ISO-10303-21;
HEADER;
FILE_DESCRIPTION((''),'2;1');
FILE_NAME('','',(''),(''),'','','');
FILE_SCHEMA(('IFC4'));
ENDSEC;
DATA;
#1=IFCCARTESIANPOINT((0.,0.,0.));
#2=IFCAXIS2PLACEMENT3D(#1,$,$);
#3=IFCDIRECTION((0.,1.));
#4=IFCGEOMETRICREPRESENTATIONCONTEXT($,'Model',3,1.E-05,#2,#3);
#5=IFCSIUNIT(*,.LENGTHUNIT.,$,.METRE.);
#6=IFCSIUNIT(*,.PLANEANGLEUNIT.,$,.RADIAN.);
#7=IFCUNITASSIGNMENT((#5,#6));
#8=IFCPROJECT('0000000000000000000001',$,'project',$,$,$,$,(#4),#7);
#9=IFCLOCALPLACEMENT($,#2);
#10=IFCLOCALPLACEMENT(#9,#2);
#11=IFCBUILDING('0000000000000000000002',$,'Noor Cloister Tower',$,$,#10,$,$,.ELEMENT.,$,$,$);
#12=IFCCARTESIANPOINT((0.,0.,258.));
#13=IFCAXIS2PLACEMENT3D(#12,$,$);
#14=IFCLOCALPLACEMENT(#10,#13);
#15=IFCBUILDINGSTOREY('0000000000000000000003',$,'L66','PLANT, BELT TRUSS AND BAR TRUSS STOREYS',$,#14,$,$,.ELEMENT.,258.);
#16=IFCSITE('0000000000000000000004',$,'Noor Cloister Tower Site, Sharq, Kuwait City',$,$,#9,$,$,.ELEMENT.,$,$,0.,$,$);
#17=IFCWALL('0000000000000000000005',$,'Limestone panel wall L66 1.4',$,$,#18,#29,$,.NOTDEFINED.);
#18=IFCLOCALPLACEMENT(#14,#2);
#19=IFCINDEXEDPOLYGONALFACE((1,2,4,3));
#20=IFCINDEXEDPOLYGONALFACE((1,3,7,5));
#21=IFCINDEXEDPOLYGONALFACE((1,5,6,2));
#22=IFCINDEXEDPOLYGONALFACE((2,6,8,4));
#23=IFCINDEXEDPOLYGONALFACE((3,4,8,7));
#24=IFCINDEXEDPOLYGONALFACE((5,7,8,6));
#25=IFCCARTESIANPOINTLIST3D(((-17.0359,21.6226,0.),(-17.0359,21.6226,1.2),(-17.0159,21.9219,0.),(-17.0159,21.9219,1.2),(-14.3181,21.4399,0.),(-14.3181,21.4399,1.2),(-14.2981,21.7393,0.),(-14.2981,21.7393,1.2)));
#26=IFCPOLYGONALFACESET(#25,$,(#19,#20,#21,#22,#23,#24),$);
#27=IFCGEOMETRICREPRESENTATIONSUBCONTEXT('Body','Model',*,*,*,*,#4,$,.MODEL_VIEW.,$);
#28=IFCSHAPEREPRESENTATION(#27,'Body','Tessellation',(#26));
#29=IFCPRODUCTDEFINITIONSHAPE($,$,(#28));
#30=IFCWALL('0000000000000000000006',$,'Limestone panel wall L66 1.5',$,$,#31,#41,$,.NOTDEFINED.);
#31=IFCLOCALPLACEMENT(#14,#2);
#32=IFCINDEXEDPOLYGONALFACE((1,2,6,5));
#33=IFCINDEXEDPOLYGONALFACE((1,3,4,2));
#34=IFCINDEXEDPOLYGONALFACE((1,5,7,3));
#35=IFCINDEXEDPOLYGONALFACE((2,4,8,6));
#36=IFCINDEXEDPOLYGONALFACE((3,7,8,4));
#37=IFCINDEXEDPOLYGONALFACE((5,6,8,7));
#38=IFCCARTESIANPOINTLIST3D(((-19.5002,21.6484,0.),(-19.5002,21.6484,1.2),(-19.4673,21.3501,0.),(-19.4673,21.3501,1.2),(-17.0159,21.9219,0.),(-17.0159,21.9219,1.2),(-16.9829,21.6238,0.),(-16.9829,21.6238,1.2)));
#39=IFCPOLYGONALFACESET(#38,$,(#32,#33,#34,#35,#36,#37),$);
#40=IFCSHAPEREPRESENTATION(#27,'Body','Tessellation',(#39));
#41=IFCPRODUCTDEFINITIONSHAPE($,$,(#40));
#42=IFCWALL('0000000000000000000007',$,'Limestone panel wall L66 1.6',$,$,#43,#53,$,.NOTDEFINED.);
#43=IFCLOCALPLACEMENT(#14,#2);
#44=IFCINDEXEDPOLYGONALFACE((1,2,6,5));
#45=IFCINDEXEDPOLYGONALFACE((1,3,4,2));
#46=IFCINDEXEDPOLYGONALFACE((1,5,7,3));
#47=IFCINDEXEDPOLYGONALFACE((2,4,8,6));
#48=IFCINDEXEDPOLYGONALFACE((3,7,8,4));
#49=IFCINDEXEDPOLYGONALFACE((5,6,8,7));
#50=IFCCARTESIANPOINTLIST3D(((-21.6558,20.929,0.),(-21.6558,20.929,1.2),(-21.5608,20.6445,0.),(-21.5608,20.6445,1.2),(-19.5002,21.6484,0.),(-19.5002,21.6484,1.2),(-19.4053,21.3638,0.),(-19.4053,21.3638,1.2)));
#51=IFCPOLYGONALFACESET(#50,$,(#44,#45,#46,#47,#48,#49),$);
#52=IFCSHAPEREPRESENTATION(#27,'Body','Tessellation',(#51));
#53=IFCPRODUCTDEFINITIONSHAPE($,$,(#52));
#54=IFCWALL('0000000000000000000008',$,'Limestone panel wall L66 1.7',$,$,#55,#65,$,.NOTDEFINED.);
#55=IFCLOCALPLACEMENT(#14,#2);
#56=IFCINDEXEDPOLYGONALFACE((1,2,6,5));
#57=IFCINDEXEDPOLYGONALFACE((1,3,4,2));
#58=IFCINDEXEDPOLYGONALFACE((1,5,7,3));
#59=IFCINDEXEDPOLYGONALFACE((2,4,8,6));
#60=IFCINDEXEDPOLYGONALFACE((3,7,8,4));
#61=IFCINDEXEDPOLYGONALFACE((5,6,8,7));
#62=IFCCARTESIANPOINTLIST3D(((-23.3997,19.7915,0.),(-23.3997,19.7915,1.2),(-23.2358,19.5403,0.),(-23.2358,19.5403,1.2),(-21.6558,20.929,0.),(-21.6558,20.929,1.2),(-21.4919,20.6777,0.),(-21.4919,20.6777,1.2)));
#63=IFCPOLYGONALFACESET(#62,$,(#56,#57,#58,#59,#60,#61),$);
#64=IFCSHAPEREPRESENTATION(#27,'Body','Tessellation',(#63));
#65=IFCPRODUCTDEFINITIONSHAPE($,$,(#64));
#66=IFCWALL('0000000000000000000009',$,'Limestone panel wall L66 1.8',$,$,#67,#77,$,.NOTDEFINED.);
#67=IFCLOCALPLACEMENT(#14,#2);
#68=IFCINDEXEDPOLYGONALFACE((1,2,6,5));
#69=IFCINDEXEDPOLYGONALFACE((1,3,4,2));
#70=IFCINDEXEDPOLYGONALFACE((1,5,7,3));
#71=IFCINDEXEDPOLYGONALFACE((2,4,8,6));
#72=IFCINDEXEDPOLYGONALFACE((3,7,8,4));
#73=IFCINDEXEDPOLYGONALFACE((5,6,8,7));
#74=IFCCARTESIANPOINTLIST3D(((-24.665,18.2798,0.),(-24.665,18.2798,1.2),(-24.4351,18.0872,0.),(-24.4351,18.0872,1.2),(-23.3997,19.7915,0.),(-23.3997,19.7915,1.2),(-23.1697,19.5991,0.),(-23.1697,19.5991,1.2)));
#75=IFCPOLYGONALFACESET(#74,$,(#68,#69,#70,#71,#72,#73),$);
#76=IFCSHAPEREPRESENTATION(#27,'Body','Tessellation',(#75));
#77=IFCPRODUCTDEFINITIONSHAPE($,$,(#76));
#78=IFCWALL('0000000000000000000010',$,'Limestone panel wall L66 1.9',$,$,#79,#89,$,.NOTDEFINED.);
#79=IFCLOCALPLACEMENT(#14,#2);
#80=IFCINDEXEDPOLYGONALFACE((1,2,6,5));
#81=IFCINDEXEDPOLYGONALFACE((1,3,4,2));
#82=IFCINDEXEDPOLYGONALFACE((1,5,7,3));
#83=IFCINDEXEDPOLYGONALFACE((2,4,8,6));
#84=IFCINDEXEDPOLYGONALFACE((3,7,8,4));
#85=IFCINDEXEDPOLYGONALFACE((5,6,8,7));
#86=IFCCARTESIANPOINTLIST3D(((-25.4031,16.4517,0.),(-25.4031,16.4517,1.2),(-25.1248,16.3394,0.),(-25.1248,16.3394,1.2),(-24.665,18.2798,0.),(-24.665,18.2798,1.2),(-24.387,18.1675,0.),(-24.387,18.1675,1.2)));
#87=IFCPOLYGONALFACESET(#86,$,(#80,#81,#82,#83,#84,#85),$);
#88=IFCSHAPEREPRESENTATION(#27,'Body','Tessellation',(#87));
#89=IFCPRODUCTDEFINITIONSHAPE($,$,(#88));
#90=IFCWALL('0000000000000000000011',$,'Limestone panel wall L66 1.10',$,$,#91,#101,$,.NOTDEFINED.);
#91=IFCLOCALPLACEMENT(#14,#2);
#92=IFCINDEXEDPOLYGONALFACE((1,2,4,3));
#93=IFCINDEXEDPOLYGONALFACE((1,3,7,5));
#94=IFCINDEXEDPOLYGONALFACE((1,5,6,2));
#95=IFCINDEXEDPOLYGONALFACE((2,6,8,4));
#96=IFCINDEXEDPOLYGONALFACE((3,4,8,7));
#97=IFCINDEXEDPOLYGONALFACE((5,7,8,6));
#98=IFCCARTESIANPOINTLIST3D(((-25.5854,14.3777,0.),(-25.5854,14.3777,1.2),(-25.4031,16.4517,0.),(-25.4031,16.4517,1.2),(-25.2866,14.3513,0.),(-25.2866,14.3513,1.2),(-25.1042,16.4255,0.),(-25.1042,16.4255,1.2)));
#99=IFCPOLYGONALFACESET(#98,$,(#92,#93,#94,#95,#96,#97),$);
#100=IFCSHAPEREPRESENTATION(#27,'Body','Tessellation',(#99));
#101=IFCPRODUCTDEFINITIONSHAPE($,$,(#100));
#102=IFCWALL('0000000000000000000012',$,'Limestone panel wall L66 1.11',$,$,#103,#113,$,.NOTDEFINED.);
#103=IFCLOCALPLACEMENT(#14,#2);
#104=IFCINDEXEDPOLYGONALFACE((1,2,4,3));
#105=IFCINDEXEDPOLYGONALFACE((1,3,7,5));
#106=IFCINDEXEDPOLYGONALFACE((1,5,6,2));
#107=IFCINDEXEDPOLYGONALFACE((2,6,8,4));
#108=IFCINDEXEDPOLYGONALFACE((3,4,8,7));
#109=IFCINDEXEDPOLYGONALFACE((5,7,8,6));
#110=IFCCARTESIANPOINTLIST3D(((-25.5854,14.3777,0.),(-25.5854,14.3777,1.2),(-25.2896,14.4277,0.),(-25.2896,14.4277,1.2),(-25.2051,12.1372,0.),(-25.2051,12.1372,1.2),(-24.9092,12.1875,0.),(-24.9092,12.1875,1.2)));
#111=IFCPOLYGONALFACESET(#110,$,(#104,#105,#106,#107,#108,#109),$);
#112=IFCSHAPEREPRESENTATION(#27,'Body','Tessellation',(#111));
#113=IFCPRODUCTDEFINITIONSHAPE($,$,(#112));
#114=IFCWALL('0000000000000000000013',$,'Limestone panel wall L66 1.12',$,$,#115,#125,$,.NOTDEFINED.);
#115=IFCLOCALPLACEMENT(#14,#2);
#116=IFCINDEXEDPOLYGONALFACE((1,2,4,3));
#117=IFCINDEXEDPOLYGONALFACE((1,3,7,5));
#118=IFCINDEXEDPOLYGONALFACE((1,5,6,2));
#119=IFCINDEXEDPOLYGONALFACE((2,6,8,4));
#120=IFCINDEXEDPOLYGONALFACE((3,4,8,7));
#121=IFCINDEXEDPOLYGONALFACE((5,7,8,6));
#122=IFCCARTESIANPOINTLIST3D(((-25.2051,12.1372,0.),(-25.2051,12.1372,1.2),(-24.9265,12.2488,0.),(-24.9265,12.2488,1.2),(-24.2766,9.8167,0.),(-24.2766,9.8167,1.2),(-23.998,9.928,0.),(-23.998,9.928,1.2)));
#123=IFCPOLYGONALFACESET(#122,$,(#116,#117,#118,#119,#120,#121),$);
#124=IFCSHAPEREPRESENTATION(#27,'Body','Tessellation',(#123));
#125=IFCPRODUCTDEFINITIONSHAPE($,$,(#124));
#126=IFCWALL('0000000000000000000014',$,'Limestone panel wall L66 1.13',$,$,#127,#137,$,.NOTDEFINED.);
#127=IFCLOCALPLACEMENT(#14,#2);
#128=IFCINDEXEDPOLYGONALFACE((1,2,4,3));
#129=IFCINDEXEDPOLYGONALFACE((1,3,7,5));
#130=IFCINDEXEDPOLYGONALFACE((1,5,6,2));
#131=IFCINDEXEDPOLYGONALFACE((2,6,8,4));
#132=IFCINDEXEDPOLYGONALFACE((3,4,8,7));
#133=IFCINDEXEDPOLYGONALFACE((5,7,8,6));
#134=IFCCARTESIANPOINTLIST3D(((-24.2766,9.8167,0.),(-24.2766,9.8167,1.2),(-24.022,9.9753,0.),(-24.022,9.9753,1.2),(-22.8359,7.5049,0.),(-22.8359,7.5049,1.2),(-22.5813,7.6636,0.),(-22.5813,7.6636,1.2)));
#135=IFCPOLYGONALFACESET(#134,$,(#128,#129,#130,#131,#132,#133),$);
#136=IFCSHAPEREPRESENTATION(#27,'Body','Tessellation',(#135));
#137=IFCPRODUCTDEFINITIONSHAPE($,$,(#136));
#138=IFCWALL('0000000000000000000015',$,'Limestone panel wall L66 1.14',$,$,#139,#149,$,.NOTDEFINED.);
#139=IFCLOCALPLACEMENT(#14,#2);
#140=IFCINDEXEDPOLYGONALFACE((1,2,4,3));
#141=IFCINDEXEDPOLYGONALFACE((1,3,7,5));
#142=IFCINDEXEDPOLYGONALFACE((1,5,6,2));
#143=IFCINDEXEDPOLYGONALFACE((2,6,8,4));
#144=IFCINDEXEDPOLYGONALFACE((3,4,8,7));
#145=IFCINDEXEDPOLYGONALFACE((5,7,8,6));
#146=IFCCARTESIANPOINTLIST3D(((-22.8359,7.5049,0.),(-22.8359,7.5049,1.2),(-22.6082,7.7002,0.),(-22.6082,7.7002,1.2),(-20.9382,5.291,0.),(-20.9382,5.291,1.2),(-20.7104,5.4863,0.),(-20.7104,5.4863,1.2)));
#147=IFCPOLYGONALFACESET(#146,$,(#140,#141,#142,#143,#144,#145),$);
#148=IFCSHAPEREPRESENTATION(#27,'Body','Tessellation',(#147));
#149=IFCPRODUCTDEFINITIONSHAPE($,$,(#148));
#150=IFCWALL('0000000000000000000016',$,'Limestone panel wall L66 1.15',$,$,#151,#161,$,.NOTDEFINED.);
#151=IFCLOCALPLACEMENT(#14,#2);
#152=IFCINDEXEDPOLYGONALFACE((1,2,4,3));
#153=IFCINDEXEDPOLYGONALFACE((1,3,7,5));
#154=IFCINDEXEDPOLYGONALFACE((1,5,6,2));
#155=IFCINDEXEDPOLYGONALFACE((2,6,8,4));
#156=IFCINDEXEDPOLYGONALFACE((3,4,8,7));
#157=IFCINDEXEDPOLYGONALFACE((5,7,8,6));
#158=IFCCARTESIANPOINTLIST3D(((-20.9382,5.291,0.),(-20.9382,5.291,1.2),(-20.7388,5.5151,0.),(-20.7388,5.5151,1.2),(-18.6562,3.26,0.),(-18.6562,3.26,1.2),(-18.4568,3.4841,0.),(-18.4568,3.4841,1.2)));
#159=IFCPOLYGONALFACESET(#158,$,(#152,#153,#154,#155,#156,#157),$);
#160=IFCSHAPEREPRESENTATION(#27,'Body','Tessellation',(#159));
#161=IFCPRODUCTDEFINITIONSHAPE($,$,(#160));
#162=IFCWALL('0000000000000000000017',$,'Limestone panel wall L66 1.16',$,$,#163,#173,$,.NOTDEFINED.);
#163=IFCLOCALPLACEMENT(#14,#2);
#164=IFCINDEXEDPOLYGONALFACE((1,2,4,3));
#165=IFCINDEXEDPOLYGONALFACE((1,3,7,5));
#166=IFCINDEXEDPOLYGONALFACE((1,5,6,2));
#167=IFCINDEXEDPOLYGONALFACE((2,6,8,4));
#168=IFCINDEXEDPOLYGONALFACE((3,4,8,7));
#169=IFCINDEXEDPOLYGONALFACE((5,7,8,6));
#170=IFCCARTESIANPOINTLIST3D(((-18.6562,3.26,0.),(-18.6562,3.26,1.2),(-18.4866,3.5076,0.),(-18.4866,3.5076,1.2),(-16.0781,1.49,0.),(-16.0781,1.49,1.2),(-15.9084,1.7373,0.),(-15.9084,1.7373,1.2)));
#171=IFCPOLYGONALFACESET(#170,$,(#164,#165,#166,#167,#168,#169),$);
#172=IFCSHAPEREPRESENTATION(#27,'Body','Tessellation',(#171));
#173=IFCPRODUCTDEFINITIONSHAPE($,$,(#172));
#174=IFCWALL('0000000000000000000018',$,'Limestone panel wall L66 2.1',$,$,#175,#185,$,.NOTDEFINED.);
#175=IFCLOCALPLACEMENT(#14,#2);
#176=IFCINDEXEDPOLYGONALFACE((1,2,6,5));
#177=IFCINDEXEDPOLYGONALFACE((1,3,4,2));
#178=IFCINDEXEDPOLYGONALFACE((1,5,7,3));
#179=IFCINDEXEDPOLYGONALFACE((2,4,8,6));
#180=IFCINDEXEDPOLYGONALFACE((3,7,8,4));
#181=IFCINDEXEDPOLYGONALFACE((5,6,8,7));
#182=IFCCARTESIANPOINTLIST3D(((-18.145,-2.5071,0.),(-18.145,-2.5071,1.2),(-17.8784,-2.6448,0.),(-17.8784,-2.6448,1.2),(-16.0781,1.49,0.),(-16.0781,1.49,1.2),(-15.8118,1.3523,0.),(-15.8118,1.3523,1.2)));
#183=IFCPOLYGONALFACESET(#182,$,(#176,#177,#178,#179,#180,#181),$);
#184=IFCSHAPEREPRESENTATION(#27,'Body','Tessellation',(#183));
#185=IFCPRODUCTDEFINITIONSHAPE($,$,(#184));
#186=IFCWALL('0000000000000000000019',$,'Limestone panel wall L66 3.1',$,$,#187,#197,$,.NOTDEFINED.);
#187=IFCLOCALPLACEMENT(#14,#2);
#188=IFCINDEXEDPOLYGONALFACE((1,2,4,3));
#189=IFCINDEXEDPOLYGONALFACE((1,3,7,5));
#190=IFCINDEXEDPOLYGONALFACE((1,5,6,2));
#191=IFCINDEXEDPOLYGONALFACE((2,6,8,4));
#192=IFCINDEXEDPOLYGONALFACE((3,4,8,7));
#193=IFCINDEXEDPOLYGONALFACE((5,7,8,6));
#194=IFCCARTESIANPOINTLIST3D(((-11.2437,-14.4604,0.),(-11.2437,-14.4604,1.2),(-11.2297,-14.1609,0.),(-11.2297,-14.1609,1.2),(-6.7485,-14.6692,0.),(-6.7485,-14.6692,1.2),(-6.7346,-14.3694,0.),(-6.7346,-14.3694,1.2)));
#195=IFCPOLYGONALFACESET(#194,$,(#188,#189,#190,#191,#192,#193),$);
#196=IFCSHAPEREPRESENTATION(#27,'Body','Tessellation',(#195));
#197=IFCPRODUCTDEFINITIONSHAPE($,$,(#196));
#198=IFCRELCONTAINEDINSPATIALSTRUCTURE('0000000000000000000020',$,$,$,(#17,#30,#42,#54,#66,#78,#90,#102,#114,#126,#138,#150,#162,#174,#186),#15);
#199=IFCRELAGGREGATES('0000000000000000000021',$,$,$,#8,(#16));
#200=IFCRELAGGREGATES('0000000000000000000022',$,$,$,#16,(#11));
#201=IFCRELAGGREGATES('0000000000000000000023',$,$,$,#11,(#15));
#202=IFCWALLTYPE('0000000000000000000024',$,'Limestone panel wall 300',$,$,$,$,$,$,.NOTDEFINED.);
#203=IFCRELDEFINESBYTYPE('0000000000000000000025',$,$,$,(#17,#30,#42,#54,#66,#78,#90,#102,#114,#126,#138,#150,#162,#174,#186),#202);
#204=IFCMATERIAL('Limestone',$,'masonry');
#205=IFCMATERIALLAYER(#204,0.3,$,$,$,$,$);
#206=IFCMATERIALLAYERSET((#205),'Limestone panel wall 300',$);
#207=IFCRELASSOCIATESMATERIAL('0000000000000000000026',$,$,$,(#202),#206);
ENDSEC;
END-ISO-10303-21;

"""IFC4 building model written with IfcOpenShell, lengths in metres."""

from ifc_helpers import new_model, si_unit, direction, frame, origin, place, context, subcontext, project, spatial, polyline, outline, extrude, material, layer, layer_set, type_object, element, save


model = new_model("IFC4")

# Units and contexts
model_context = context("Model", 3, precision=1e-05, world=origin(), true_north=direction((0.0, 1.0)))
body_context = subcontext(model_context, "Body", "Model", "MODEL_VIEW")
ifc_project = project(units=[si_unit("LENGTHUNIT", "METRE"), si_unit("PLANEANGLEUNIT", "RADIAN")], contexts=[model_context])

# Site, building, storey
site_placement = place(None, origin())
site = spatial("IfcSite", under=ifc_project, at=site_placement, Name="Noor Cloister Tower Site, Sharq, Kuwait City", CompositionType="ELEMENT", RefElevation=0.0)
building_placement = place(site_placement, origin())
building = spatial("IfcBuilding", under=site, at=building_placement, Name="Noor Cloister Tower", CompositionType="ELEMENT")
storey_placement = place(building_placement, frame((0.0, 0.0, 258.0)))
storey = spatial("IfcBuildingStorey", under=building, at=storey_placement, Name="L66", Description="PLANT, BELT TRUSS AND BAR TRUSS STOREYS", CompositionType="ELEMENT", Elevation=258.0)

# Walls
ifc_material_1 = material(Name="Limestone", Category="masonry")
ifc_layer_1 = layer(ifc_material_1, 0.3)
ifc_layer_set_1 = layer_set([ifc_layer_1], Name="Limestone panel wall 300")
wall_type = type_object("IfcWallType", Name="Limestone panel wall 300", PredefinedType="NOTDEFINED", material=ifc_layer_set_1)
wall_1_placement = place(storey_placement, origin())
element("IfcWall", 1, at=wall_1_placement, inside=storey, type_object=wall_type, Name="Limestone panel wall L66 1.4", PredefinedType="NOTDEFINED", context=body_context, shape_type="SweptSolid", body=[
    extrude(outline(polyline([(-14.2981, 21.7393), (-17.0159, 21.9219), (-17.0359, 21.6226), (-14.3181, 21.4399), (-14.2981, 21.7393)])), origin(), (0.0, 0.0, 1.0), 1.2),
])
wall_2_placement = place(storey_placement, origin())
element("IfcWall", 2, at=wall_2_placement, inside=storey, type_object=wall_type, Name="Limestone panel wall L66 1.5", PredefinedType="NOTDEFINED", context=body_context, shape_type="SweptSolid", body=[
    extrude(outline(polyline([(-17.0159, 21.9219), (-19.5002, 21.6484), (-19.4673, 21.3501), (-16.9829, 21.6238), (-17.0159, 21.9219)])), origin(), (0.0, 0.0, 1.0), 1.2),
])
wall_3_placement = place(storey_placement, origin())
element("IfcWall", 3, at=wall_3_placement, inside=storey, type_object=wall_type, Name="Limestone panel wall L66 1.6", PredefinedType="NOTDEFINED", context=body_context, shape_type="SweptSolid", body=[
    extrude(outline(polyline([(-19.5002, 21.6484), (-21.6558, 20.929), (-21.5608, 20.6445), (-19.4053, 21.3638), (-19.5002, 21.6484)])), origin(), (0.0, 0.0, 1.0), 1.2),
])
wall_4_placement = place(storey_placement, origin())
element("IfcWall", 4, at=wall_4_placement, inside=storey, type_object=wall_type, Name="Limestone panel wall L66 1.7", PredefinedType="NOTDEFINED", context=body_context, shape_type="SweptSolid", body=[
    extrude(outline(polyline([(-21.6558, 20.929), (-23.3997, 19.7915), (-23.2358, 19.5403), (-21.4919, 20.6777), (-21.6558, 20.929)])), origin(), (0.0, 0.0, 1.0), 1.2),
])
wall_5_placement = place(storey_placement, origin())
element("IfcWall", 5, at=wall_5_placement, inside=storey, type_object=wall_type, Name="Limestone panel wall L66 1.8", PredefinedType="NOTDEFINED", context=body_context, shape_type="SweptSolid", body=[
    extrude(outline(polyline([(-23.3997, 19.7915), (-24.665, 18.2798), (-24.4351, 18.0872), (-23.1697, 19.5991), (-23.3997, 19.7915)])), origin(), (0.0, 0.0, 1.0), 1.2),
])
wall_6_placement = place(storey_placement, origin())
element("IfcWall", 6, at=wall_6_placement, inside=storey, type_object=wall_type, Name="Limestone panel wall L66 1.9", PredefinedType="NOTDEFINED", context=body_context, shape_type="SweptSolid", body=[
    extrude(outline(polyline([(-24.665, 18.2798), (-25.4031, 16.4517), (-25.1248, 16.3394), (-24.387, 18.1675), (-24.665, 18.2798)])), origin(), (0.0, 0.0, 1.0), 1.2),
])
wall_7_placement = place(storey_placement, origin())
element("IfcWall", 7, at=wall_7_placement, inside=storey, type_object=wall_type, Name="Limestone panel wall L66 1.10", PredefinedType="NOTDEFINED", context=body_context, shape_type="SweptSolid", body=[
    extrude(outline(polyline([(-25.4031, 16.4517), (-25.5854, 14.3777), (-25.2866, 14.3513), (-25.1042, 16.4255), (-25.4031, 16.4517)])), origin(), (0.0, 0.0, 1.0), 1.2),
])
wall_8_placement = place(storey_placement, origin())
element("IfcWall", 8, at=wall_8_placement, inside=storey, type_object=wall_type, Name="Limestone panel wall L66 1.11", PredefinedType="NOTDEFINED", context=body_context, shape_type="SweptSolid", body=[
    extrude(outline(polyline([(-25.5854, 14.3777), (-25.2051, 12.1372), (-24.9092, 12.1875), (-25.2896, 14.4277), (-25.5854, 14.3777)])), origin(), (0.0, 0.0, 1.0), 1.2),
])
wall_9_placement = place(storey_placement, origin())
element("IfcWall", 9, at=wall_9_placement, inside=storey, type_object=wall_type, Name="Limestone panel wall L66 1.12", PredefinedType="NOTDEFINED", context=body_context, shape_type="SweptSolid", body=[
    extrude(outline(polyline([(-25.2051, 12.1372), (-24.2766, 9.8167), (-23.998, 9.928), (-24.9265, 12.2488), (-25.2051, 12.1372)])), origin(), (0.0, 0.0, 1.0), 1.2),
])
wall_10_placement = place(storey_placement, origin())
element("IfcWall", 10, at=wall_10_placement, inside=storey, type_object=wall_type, Name="Limestone panel wall L66 1.13", PredefinedType="NOTDEFINED", context=body_context, shape_type="SweptSolid", body=[
    extrude(outline(polyline([(-24.2766, 9.8167), (-22.8359, 7.5049), (-22.5813, 7.6636), (-24.022, 9.9753), (-24.2766, 9.8167)])), origin(), (0.0, 0.0, 1.0), 1.2),
])
wall_11_placement = place(storey_placement, origin())
element("IfcWall", 11, at=wall_11_placement, inside=storey, type_object=wall_type, Name="Limestone panel wall L66 1.14", PredefinedType="NOTDEFINED", context=body_context, shape_type="SweptSolid", body=[
    extrude(outline(polyline([(-22.8359, 7.5049), (-20.9382, 5.291), (-20.7104, 5.4863), (-22.6082, 7.7002), (-22.8359, 7.5049)])), origin(), (0.0, 0.0, 1.0), 1.2),
])
wall_12_placement = place(storey_placement, origin())
element("IfcWall", 12, at=wall_12_placement, inside=storey, type_object=wall_type, Name="Limestone panel wall L66 1.15", PredefinedType="NOTDEFINED", context=body_context, shape_type="SweptSolid", body=[
    extrude(outline(polyline([(-20.9382, 5.291), (-18.6562, 3.26), (-18.4568, 3.4841), (-20.7388, 5.5151), (-20.9382, 5.291)])), origin(), (0.0, 0.0, 1.0), 1.2),
])
wall_13_placement = place(storey_placement, origin())
element("IfcWall", 13, at=wall_13_placement, inside=storey, type_object=wall_type, Name="Limestone panel wall L66 1.16", PredefinedType="NOTDEFINED", context=body_context, shape_type="SweptSolid", body=[
    extrude(outline(polyline([(-18.6562, 3.26), (-16.0781, 1.49), (-15.9084, 1.7373), (-18.4866, 3.5076), (-18.6562, 3.26)])), origin(), (0.0, 0.0, 1.0), 1.2),
])
wall_14_placement = place(storey_placement, origin())
element("IfcWall", 14, at=wall_14_placement, inside=storey, type_object=wall_type, Name="Limestone panel wall L66 2.1", PredefinedType="NOTDEFINED", context=body_context, shape_type="SweptSolid", body=[
    extrude(outline(polyline([(-16.0781, 1.49), (-18.145, -2.5071), (-17.8784, -2.6448), (-15.8118, 1.3523), (-16.0781, 1.49)])), origin(), (0.0, 0.0, 1.0), 1.2),
])
wall_15_placement = place(storey_placement, origin())
element("IfcWall", 15, at=wall_15_placement, inside=storey, type_object=wall_type, Name="Limestone panel wall L66 3.1", PredefinedType="NOTDEFINED", context=body_context, shape_type="SweptSolid", body=[
    extrude(outline(polyline([(-11.2437, -14.4604), (-6.7485, -14.6692), (-6.7346, -14.3694), (-11.2297, -14.1609), (-11.2437, -14.4604)])), origin(), (0.0, 0.0, 1.0), 1.2),
])

save(model, "model.ifc")
